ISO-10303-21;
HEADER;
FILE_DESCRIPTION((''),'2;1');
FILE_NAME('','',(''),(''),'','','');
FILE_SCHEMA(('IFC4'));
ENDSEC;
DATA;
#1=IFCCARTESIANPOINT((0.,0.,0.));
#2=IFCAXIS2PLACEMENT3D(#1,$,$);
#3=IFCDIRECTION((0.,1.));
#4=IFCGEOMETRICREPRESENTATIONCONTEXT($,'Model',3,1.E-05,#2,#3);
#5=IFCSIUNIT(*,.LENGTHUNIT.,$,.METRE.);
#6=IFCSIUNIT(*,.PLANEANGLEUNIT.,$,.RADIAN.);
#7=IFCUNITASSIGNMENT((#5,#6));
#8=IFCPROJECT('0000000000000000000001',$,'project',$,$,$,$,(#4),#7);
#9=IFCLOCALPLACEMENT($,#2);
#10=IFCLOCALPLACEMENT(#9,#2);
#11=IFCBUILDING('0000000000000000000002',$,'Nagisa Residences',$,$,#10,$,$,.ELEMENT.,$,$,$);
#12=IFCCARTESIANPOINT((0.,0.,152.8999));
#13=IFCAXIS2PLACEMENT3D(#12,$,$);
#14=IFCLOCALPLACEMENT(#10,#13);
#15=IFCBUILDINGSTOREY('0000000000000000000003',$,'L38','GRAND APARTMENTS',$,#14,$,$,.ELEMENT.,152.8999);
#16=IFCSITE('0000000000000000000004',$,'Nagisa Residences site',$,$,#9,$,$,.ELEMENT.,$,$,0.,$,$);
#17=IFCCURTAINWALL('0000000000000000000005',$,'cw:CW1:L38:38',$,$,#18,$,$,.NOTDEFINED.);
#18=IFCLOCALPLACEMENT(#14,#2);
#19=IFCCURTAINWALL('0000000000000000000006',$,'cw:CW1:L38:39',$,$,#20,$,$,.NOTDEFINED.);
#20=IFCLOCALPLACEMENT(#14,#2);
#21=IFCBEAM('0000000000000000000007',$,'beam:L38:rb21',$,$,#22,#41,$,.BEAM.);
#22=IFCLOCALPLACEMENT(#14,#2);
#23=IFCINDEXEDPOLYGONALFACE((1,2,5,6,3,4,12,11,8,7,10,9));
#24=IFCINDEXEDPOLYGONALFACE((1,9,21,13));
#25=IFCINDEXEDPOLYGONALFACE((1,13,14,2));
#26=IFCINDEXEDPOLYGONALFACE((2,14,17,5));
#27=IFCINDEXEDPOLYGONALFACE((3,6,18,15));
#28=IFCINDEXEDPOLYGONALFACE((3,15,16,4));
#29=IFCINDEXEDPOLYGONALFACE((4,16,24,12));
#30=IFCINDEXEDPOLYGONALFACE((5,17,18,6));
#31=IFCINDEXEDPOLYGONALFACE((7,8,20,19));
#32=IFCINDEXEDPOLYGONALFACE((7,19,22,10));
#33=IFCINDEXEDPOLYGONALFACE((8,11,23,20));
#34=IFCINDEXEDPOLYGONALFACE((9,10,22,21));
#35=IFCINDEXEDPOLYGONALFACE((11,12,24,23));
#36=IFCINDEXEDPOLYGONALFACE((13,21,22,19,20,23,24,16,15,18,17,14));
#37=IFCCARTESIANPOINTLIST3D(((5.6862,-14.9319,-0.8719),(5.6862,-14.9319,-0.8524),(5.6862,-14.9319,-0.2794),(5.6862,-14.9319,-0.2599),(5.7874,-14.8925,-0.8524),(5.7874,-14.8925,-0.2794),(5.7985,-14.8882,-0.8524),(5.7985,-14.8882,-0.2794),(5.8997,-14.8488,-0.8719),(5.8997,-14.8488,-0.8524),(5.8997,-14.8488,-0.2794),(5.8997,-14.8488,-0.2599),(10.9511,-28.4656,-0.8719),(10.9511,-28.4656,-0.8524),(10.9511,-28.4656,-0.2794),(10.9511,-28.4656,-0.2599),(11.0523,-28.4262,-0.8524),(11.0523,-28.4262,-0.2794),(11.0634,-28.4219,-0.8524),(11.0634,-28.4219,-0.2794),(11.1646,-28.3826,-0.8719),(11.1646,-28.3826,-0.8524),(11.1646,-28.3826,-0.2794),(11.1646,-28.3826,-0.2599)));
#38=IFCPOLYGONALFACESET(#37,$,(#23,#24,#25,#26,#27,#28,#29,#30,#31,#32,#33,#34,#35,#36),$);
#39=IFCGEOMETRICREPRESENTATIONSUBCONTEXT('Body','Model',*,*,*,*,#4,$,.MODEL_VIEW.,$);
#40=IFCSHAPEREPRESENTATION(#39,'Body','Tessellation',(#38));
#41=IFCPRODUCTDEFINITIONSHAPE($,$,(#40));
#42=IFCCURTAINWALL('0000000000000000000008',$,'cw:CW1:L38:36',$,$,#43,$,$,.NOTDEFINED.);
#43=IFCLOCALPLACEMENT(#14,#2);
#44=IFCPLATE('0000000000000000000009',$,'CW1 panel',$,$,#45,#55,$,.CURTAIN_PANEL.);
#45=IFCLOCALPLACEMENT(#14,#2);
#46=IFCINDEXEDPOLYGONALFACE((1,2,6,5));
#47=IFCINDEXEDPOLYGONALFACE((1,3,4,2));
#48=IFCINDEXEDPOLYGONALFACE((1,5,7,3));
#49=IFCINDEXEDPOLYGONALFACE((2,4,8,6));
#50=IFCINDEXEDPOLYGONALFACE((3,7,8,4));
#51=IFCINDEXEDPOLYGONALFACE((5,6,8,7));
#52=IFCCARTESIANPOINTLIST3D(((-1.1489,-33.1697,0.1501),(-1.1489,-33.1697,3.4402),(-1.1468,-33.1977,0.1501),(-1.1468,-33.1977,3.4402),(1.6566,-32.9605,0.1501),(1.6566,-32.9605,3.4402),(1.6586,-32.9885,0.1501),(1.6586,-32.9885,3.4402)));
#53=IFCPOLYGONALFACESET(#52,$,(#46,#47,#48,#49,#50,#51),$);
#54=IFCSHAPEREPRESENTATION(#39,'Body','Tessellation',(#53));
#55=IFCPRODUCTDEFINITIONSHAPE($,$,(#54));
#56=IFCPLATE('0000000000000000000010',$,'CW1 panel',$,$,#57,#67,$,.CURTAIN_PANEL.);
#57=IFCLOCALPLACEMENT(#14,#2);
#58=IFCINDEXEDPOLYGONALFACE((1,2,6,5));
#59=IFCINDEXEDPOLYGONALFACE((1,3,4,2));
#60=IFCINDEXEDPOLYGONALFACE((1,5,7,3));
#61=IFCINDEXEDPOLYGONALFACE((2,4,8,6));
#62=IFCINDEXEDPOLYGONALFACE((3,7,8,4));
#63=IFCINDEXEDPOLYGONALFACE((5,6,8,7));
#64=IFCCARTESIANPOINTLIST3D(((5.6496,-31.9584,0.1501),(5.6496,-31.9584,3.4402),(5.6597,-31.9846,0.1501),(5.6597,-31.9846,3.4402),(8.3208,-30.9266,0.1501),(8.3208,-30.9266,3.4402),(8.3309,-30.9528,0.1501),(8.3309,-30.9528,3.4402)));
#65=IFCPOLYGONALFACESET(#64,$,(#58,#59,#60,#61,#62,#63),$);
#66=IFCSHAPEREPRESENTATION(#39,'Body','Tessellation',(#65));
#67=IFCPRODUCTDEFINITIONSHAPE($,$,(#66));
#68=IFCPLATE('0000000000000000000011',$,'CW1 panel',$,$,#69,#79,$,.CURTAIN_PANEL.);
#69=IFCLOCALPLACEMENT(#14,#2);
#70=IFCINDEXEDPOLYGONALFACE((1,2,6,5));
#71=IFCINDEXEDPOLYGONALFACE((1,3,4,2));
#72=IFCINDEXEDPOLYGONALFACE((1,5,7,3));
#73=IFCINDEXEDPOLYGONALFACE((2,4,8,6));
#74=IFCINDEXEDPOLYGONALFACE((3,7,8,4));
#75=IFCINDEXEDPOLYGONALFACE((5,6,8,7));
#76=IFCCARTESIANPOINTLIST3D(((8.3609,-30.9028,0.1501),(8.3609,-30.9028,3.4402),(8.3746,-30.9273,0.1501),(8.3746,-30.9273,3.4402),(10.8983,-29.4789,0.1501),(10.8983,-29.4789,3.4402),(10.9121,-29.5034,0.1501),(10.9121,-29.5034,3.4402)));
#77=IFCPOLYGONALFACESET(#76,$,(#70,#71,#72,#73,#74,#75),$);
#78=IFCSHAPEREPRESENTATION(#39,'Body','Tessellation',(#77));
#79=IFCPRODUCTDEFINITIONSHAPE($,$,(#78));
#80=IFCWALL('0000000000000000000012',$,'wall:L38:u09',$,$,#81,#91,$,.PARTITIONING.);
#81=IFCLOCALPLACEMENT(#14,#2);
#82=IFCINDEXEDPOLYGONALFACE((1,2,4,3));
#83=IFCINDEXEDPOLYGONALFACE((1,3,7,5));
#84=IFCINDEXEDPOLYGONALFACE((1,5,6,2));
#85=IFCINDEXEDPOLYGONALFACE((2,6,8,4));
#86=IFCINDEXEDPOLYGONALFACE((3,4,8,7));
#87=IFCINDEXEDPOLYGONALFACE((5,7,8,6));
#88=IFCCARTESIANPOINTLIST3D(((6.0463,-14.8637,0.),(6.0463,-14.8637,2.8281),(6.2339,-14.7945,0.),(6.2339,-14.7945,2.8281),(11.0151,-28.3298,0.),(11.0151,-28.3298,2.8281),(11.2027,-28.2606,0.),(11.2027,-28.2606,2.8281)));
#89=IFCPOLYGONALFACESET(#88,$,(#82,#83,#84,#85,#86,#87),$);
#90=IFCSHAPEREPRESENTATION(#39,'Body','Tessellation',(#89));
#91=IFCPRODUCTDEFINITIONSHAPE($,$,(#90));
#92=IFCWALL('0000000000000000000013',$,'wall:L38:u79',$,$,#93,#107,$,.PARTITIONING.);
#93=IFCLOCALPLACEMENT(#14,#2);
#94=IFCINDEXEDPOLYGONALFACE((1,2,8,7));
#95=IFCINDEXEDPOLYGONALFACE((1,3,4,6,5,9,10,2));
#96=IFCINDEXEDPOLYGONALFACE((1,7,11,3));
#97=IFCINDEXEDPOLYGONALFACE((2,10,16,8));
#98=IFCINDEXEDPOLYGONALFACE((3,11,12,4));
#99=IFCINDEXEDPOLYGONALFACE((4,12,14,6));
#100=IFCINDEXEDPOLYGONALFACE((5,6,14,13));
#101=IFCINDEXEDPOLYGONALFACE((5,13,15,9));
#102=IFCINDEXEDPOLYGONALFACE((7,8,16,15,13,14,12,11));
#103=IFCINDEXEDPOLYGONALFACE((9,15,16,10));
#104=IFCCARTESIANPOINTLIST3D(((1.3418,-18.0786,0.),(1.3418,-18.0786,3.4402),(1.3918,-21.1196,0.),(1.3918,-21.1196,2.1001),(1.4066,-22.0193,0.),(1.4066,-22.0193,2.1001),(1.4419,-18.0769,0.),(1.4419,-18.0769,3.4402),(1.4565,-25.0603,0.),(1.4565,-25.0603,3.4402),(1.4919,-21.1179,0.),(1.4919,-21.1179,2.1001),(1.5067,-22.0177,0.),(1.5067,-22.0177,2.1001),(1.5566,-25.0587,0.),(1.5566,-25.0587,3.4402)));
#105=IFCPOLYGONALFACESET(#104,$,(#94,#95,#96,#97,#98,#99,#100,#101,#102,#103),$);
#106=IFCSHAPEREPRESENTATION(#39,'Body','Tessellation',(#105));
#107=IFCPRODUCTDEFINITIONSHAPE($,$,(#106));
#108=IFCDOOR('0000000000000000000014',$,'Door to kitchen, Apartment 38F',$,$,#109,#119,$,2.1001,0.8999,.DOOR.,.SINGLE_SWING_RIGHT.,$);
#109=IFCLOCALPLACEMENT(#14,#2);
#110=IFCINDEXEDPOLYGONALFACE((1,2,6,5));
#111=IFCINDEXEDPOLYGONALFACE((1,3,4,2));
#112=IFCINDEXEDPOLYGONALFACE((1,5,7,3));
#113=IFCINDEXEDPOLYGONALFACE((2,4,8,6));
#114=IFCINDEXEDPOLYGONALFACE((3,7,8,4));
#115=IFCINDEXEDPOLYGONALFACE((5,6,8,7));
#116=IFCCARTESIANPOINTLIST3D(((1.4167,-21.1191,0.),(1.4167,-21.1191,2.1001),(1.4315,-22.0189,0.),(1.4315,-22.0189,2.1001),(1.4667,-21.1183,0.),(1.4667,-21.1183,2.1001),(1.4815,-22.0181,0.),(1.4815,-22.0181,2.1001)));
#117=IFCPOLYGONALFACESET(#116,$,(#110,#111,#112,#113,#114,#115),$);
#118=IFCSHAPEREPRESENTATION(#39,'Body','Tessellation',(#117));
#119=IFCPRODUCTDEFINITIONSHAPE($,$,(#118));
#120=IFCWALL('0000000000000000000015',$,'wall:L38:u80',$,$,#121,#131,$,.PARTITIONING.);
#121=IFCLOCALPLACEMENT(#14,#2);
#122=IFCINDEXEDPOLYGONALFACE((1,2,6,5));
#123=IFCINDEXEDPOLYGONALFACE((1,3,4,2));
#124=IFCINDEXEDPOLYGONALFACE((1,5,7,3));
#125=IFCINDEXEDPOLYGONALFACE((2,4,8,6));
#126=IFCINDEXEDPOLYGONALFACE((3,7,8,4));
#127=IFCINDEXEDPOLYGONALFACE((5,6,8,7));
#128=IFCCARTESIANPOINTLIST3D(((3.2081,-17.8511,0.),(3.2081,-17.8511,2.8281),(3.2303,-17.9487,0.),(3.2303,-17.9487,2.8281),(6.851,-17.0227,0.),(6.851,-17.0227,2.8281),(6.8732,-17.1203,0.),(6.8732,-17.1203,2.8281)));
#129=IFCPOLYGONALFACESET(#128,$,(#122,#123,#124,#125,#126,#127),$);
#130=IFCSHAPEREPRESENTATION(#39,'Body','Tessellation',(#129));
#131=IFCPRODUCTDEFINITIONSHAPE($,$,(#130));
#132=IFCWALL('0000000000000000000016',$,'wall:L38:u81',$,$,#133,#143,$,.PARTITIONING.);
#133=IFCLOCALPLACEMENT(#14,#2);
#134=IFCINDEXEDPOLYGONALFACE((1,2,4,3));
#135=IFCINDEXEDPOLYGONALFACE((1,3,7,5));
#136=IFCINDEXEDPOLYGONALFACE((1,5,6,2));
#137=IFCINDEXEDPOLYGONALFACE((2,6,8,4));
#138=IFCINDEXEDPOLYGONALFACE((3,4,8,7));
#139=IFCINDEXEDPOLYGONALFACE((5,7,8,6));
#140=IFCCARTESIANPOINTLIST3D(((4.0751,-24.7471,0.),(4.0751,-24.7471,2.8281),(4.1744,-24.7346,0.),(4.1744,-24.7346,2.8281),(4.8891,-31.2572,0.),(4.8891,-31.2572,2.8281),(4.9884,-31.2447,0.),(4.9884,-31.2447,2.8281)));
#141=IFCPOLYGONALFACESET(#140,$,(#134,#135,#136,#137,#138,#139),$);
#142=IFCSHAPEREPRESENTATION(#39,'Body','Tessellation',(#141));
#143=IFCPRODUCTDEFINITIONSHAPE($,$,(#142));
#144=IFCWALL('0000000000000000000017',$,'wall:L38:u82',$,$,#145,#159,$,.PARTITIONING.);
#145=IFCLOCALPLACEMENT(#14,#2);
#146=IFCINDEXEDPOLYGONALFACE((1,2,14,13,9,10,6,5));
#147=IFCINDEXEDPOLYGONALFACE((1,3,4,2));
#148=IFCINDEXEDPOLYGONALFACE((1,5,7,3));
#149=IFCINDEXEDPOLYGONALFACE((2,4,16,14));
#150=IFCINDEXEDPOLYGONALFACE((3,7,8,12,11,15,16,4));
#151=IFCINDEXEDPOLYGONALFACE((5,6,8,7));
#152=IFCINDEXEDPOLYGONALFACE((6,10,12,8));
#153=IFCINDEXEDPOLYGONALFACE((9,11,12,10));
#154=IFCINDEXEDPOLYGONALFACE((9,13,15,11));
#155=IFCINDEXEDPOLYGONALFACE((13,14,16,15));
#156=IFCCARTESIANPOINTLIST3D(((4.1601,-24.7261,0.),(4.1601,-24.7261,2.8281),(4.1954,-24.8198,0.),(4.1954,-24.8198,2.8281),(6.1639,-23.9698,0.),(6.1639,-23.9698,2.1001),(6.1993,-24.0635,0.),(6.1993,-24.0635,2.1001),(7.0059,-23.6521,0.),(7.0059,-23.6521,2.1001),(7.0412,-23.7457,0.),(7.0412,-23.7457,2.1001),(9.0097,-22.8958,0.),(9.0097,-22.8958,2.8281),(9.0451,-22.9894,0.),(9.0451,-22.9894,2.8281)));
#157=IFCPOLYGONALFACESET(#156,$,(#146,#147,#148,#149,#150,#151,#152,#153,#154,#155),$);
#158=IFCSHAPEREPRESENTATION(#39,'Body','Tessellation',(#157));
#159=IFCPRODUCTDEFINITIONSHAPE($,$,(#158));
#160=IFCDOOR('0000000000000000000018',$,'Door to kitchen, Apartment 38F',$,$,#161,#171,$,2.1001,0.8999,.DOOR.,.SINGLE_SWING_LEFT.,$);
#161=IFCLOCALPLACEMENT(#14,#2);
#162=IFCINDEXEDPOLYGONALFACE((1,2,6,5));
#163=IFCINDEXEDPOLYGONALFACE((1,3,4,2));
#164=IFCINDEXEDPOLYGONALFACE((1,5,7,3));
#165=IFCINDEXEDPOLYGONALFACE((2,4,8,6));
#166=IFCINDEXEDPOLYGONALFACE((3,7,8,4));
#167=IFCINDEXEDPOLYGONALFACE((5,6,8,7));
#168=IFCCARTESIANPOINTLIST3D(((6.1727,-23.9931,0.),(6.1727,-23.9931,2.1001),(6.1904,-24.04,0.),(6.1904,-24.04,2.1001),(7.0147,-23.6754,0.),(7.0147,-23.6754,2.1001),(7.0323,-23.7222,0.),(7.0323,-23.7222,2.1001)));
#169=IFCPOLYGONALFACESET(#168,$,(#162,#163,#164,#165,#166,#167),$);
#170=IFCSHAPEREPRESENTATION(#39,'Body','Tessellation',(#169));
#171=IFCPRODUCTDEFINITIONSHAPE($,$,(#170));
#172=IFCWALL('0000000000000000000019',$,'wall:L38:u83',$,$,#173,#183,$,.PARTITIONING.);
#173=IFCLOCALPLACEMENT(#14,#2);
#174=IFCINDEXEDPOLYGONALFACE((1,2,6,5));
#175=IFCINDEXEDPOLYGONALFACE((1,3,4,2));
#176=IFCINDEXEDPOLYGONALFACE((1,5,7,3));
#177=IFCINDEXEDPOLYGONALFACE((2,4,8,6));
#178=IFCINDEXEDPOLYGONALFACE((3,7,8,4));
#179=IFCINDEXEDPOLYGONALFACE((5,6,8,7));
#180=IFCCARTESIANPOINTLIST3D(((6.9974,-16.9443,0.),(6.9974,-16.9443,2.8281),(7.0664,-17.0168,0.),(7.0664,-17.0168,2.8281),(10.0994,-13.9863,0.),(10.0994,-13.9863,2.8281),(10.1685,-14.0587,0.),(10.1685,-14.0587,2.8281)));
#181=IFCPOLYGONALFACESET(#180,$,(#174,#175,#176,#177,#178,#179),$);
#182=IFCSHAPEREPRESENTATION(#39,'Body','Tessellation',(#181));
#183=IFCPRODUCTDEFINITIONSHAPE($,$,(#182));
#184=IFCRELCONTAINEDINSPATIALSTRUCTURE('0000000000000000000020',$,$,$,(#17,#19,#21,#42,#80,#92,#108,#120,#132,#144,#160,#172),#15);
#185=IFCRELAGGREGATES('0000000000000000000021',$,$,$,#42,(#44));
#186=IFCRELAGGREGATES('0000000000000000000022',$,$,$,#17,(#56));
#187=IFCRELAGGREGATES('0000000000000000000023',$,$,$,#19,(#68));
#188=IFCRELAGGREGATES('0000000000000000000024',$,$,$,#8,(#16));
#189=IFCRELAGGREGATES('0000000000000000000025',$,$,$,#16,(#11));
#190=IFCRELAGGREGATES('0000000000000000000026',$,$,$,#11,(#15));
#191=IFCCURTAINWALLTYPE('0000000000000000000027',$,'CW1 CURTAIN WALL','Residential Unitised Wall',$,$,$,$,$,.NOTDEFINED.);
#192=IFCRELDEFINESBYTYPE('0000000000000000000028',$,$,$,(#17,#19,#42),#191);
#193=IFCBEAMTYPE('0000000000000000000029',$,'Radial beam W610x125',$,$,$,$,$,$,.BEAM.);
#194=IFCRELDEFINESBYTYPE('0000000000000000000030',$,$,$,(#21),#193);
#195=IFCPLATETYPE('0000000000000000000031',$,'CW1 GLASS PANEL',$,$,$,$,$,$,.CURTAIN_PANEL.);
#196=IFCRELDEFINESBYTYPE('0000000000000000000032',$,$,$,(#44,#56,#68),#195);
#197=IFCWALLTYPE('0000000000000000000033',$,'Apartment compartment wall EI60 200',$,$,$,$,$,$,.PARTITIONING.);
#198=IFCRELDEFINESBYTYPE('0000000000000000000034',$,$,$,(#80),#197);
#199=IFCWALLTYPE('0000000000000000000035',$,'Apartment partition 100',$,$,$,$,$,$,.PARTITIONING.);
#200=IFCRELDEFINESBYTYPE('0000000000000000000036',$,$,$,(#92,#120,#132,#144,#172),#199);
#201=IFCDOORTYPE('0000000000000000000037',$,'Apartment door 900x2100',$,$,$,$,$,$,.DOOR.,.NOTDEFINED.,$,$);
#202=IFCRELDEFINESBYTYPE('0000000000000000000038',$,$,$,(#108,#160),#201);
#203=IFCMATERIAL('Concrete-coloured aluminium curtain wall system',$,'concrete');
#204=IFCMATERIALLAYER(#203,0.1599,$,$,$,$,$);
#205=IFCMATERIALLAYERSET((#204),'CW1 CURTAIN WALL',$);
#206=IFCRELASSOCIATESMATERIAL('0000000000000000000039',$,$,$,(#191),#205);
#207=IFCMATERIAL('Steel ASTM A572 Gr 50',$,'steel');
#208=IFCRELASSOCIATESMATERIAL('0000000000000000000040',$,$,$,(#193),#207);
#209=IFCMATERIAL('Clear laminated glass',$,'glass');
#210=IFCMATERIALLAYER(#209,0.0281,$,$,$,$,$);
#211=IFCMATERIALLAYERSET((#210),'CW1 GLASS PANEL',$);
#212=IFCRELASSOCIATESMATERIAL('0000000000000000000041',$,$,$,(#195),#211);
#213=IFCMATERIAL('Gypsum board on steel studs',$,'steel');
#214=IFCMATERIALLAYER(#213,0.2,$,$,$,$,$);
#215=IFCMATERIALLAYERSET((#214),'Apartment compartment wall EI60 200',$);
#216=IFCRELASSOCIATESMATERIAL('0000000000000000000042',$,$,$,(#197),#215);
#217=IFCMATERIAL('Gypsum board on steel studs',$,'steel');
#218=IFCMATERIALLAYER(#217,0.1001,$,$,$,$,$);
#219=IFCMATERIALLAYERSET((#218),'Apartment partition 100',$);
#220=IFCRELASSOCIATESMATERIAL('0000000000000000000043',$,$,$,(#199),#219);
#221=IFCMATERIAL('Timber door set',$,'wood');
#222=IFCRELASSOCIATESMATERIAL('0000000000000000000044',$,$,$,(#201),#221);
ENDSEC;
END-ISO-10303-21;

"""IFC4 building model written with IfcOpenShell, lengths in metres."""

from ifc_helpers import new_model, si_unit, direction, frame, frame_2d, origin, origin_2d, place, context, subcontext, project, spatial, rectangle, i_section, extrude, material, layer, layer_set, material_profile, profile_set, type_object, element, fill, aggregate, save


model = new_model("IFC4")

# Units and contexts
model_context = context("Model", 3, precision=1e-05, world=origin(), true_north=direction((0.0, 1.0)))
body_context = subcontext(model_context, "Body", "Model", "MODEL_VIEW")
ifc_project = project(units=[si_unit("LENGTHUNIT", "METRE"), si_unit("PLANEANGLEUNIT", "RADIAN")], contexts=[model_context])

# Site, building, storey
site_placement = place(None, origin())
site = spatial("IfcSite", under=ifc_project, at=site_placement, Name="Nagisa Residences site", CompositionType="ELEMENT", RefElevation=0.0)
building_placement = place(site_placement, origin())
building = spatial("IfcBuilding", under=site, at=building_placement, Name="Nagisa Residences", CompositionType="ELEMENT")
storey_placement = place(building_placement, frame((0.0, 0.0, 152.8999)))
storey = spatial("IfcBuildingStorey", under=building, at=storey_placement, Name="L38", Description="GRAND APARTMENTS", CompositionType="ELEMENT", Elevation=152.8999)

# Curtain walls
ifc_material_1 = material(Name="Concrete-coloured aluminium curtain wall system", Category="concrete")
ifc_layer_1 = layer(ifc_material_1, 0.1599)
ifc_layer_set_1 = layer_set([ifc_layer_1], Name="CW1 CURTAIN WALL")
curtain_wall_type = type_object("IfcCurtainWallType", Name="CW1 CURTAIN WALL", Description="Residential Unitised Wall", PredefinedType="NOTDEFINED", material=ifc_layer_set_1)
curtain_wall_1_placement = place(storey_placement, origin())
curtain_wall_1 = element("IfcCurtainWall", 1, at=curtain_wall_1_placement, inside=storey, type_object=curtain_wall_type, Name="cw:CW1:L38:38", PredefinedType="NOTDEFINED")
curtain_wall_2_placement = place(storey_placement, origin())
curtain_wall_2 = element("IfcCurtainWall", 2, at=curtain_wall_2_placement, inside=storey, type_object=curtain_wall_type, Name="cw:CW1:L38:39", PredefinedType="NOTDEFINED")

# Beam
ifc_material_2 = material(Name="Steel ASTM A572 Gr 50", Category="steel")
ifc_material_profile_1 = material_profile(ifc_material_2, i_section(OverallWidth=0.229, OverallDepth=0.6121, WebThickness=0.012, FlangeThickness=0.0195, at=origin_2d()), Name="W610x125")
ifc_profile_set_1 = profile_set([ifc_material_profile_1], Name="Steel ASTM A572 Gr 50")
beam_type_1 = type_object("IfcBeamType", Name="Radial beam W610x125", PredefinedType="BEAM", material=ifc_profile_set_1)
beam_1_placement = place(storey_placement, frame((11.0579, -28.4241, -0.5659), z_axis=(-0.362553, 0.931963, 0.0), x_axis=(-0.931963, -0.362553, 0.0)))
element("IfcBeam", 3, at=beam_1_placement, inside=storey, type_object=beam_type_1, Name="beam:L38:rb21", PredefinedType="BEAM", context=body_context, shape_type="SweptSolid", body=[
    extrude(i_section(OverallWidth=0.229, OverallDepth=0.6121, WebThickness=0.012, FlangeThickness=0.0195, at=origin_2d()), origin(), (0.0, 0.0, 1.0), 14.5217),
])

# Curtain wall, plate
curtain_wall_3_placement = place(storey_placement, origin())
curtain_wall_3 = element("IfcCurtainWall", 4, at=curtain_wall_3_placement, inside=storey, type_object=curtain_wall_type, Name="cw:CW1:L38:36", PredefinedType="NOTDEFINED")
ifc_material_3 = material(Name="Clear laminated glass", Category="glass")
ifc_layer_2 = layer(ifc_material_3, 0.0281)
ifc_layer_set_2 = layer_set([ifc_layer_2], Name="CW1 GLASS PANEL")
plate_type = type_object("IfcPlateType", Name="CW1 GLASS PANEL", PredefinedType="CURTAIN_PANEL", material=ifc_layer_set_2)
plate_1_placement = place(storey_placement, frame((0.2549, -33.0791, 0.1501), z_axis=(0.0, 0.0, 1.0), x_axis=(0.99723, 0.074377, 0.0)))
plate_1 = element("IfcPlate", 5, at=plate_1_placement, type_object=plate_type, Name="CW1 panel", PredefinedType="CURTAIN_PANEL", context=body_context, shape_type="SweptSolid", body=[
    extrude(rectangle(XDim=2.8132, YDim=0.0281, at=origin_2d()), origin(), (0.0, 0.0, 1.0), 3.29),
])
aggregate(curtain_wall_3, [plate_1])

# Plates
plate_2_placement = place(storey_placement, frame((6.9902, -31.4556, 0.1501), z_axis=(0.0, 0.0, 1.0), x_axis=(0.932826, 0.360328, 0.0)))
plate_2 = element("IfcPlate", 6, at=plate_2_placement, type_object=plate_type, Name="CW1 panel", PredefinedType="CURTAIN_PANEL", context=body_context, shape_type="SweptSolid", body=[
    extrude(rectangle(XDim=2.8635, YDim=0.0281, at=origin_2d()), origin(), (0.0, 0.0, 1.0), 3.29),
])
aggregate(curtain_wall_1, [plate_2])
plate_3_placement = place(storey_placement, frame((9.6365, -30.2031, 0.1501), z_axis=(0.0, 0.0, 1.0), x_axis=(0.872072, 0.489377, 0.0)))
plate_3 = element("IfcPlate", 7, at=plate_3_placement, type_object=plate_type, Name="CW1 panel", PredefinedType="CURTAIN_PANEL", context=body_context, shape_type="SweptSolid", body=[
    extrude(rectangle(XDim=2.9097, YDim=0.0281, at=origin_2d()), origin(), (0.0, 0.0, 1.0), 3.29),
])
aggregate(curtain_wall_2, [plate_3])

# Wall
ifc_material_4 = material(Name="Gypsum board on steel studs", Category="steel")
ifc_layer_3 = layer(ifc_material_4, 0.2)
ifc_layer_set_3 = layer_set([ifc_layer_3], Name="Apartment compartment wall EI60 200")
wall_type_1 = type_object("IfcWallType", Name="Apartment compartment wall EI60 200", PredefinedType="PARTITIONING", material=ifc_layer_set_3)
wall_1_placement = place(storey_placement, frame((6.1401, -14.8291, 0.0), z_axis=(0.0, 0.0, 1.0), x_axis=(0.34617, -0.938172, 0.0)))
element("IfcWall", 8, at=wall_1_placement, inside=storey, type_object=wall_type_1, Name="wall:L38:u09", PredefinedType="PARTITIONING", context=body_context, shape_type="SweptSolid", body=[
    extrude(rectangle(XDim=14.3535, YDim=0.2, at=frame_2d((7.1768, 0.0))), origin(), (0.0, 0.0, 1.0), 2.8281),
])

# Wall, opening, door
ifc_material_5 = material(Name="Gypsum board on steel studs", Category="steel")
ifc_layer_4 = layer(ifc_material_5, 0.1001)
ifc_layer_set_4 = layer_set([ifc_layer_4], Name="Apartment partition 100")
wall_type_2 = type_object("IfcWallType", Name="Apartment partition 100", PredefinedType="PARTITIONING", material=ifc_layer_set_4)
wall_2_placement = place(storey_placement, frame((1.3918, -18.0779, 0.0), z_axis=(0.0, 0.0, 1.0), x_axis=(0.016433, -0.999865, 0.0)))
wall_2 = element("IfcWall", 9, at=wall_2_placement, inside=storey, type_object=wall_type_2, Name="wall:L38:u79", PredefinedType="PARTITIONING", context=body_context, shape_type="SweptSolid", body=[
    extrude(rectangle(XDim=6.9827, YDim=0.1001, at=frame_2d((3.4912, 0.0))), origin(), (0.0, 0.0, 1.0), 3.4402),
])
opening_1_placement = place(wall_2_placement, frame((3.0413, 0.0, 0.0)))
opening_1 = element("IfcOpeningElement", 10, at=opening_1_placement, cuts=wall_2, PredefinedType="OPENING", context=body_context, shape_type="SweptSolid", body=[
    extrude(rectangle(XDim=0.8999, YDim=2.1001, at=frame_2d((0.45, 1.05))), frame((0.0, 0.0601, 0.0), z_axis=(0.0, -1.0, 0.0), x_axis=(1.0, 0.0, 0.0)), (0.0, 0.0, 1.0), 0.1201),
])
ifc_material_6 = material(Name="Timber door set", Category="wood")
door_type_1 = type_object("IfcDoorType", Name="Apartment door 900x2100", OperationType="NOTDEFINED", PredefinedType="DOOR", material=ifc_material_6)
door_1_placement = place(opening_1_placement, origin())
door_1 = element("IfcDoor", 11, at=door_1_placement, inside=storey, type_object=door_type_1, Name="Door to kitchen, Apartment 38F", OperationType="SINGLE_SWING_RIGHT", OverallHeight=2.1001, OverallWidth=0.8999, PredefinedType="DOOR", context=body_context, shape_type="SweptSolid", body=[
    extrude(rectangle(XDim=0.8999, YDim=2.1001, at=frame_2d((0.45, 1.05))), frame((0.0, 0.0249, 0.0), z_axis=(0.0, -1.0, 0.0), x_axis=(1.0, 0.0, 0.0)), (0.0, 0.0, 1.0), 0.05),
])
fill(opening_1, door_1)

# Walls
wall_3_placement = place(storey_placement, frame((3.2192, -17.8999, 0.0), z_axis=(0.0, 0.0, 1.0), x_axis=(0.975107, 0.221737, 0.0)))
element("IfcWall", 12, at=wall_3_placement, inside=storey, type_object=wall_type_2, Name="wall:L38:u80", PredefinedType="PARTITIONING", context=body_context, shape_type="SweptSolid", body=[
    extrude(rectangle(XDim=3.7358, YDim=0.1001, at=frame_2d((1.8679, 0.0))), origin(), (0.0, 0.0, 1.0), 2.8281),
])
wall_4_placement = place(storey_placement, frame((4.1248, -24.741, 0.0), z_axis=(0.0, 0.0, 1.0), x_axis=(0.124067, -0.992274, 0.0)))
element("IfcWall", 13, at=wall_4_placement, inside=storey, type_object=wall_type_2, Name="wall:L38:u81", PredefinedType="PARTITIONING", context=body_context, shape_type="SweptSolid", body=[
    extrude(rectangle(XDim=6.5608, YDim=0.1001, at=frame_2d((3.2803, 0.0))), origin(), (0.0, 0.0, 1.0), 2.8281),
])

# Wall, opening, door
wall_5_placement = place(storey_placement, frame((4.1777, -24.7729, 0.0), z_axis=(0.0, 0.0, 1.0), x_axis=(0.935584, 0.353105, 0.0)))
wall_5 = element("IfcWall", 14, at=wall_5_placement, inside=storey, type_object=wall_type_2, Name="wall:L38:u82", PredefinedType="PARTITIONING", context=body_context, shape_type="SweptSolid", body=[
    extrude(rectangle(XDim=5.1836, YDim=0.1001, at=frame_2d((2.5918, 0.0))), origin(), (0.0, 0.0, 1.0), 2.8281),
])
opening_2_placement = place(wall_5_placement, frame((2.1418, 0.0, 0.0)))
opening_2 = element("IfcOpeningElement", 15, at=opening_2_placement, cuts=wall_5, PredefinedType="OPENING", context=body_context, shape_type="SweptSolid", body=[
    extrude(rectangle(XDim=0.8999, YDim=2.1001, at=frame_2d((0.45, 1.05))), frame((0.0, 0.0601, 0.0), z_axis=(0.0, -1.0, 0.0), x_axis=(1.0, 0.0, 0.0)), (0.0, 0.0, 1.0), 0.1201),
])
door_2_placement = place(opening_2_placement, frame((0.8999, 0.0, 0.0), x_axis=(-1.0, 0.0, 0.0)))
door_2 = element("IfcDoor", 16, at=door_2_placement, inside=storey, type_object=door_type_1, Name="Door to kitchen, Apartment 38F", OperationType="SINGLE_SWING_LEFT", OverallHeight=2.1001, OverallWidth=0.8999, PredefinedType="DOOR", context=body_context, shape_type="SweptSolid", body=[
    extrude(rectangle(XDim=0.8999, YDim=2.1001, at=frame_2d((0.45, 1.05))), frame((0.0, 0.0249, 0.0), z_axis=(0.0, -1.0, 0.0), x_axis=(1.0, 0.0, 0.0)), (0.0, 0.0, 1.0), 0.05),
])
fill(opening_2, door_2)

# Wall
wall_6_placement = place(storey_placement, frame((7.032, -16.9805, 0.0), z_axis=(0.0, 0.0, 1.0), x_axis=(0.72371, 0.690104, 0.0)))
element("IfcWall", 17, at=wall_6_placement, inside=storey, type_object=wall_type_2, Name="wall:L38:u83", PredefinedType="PARTITIONING", context=body_context, shape_type="SweptSolid", body=[
    extrude(rectangle(XDim=4.2864, YDim=0.1001, at=frame_2d((2.1431, 0.0))), origin(), (0.0, 0.0, 1.0), 2.8281),
])

save(model, "model.ifc")
